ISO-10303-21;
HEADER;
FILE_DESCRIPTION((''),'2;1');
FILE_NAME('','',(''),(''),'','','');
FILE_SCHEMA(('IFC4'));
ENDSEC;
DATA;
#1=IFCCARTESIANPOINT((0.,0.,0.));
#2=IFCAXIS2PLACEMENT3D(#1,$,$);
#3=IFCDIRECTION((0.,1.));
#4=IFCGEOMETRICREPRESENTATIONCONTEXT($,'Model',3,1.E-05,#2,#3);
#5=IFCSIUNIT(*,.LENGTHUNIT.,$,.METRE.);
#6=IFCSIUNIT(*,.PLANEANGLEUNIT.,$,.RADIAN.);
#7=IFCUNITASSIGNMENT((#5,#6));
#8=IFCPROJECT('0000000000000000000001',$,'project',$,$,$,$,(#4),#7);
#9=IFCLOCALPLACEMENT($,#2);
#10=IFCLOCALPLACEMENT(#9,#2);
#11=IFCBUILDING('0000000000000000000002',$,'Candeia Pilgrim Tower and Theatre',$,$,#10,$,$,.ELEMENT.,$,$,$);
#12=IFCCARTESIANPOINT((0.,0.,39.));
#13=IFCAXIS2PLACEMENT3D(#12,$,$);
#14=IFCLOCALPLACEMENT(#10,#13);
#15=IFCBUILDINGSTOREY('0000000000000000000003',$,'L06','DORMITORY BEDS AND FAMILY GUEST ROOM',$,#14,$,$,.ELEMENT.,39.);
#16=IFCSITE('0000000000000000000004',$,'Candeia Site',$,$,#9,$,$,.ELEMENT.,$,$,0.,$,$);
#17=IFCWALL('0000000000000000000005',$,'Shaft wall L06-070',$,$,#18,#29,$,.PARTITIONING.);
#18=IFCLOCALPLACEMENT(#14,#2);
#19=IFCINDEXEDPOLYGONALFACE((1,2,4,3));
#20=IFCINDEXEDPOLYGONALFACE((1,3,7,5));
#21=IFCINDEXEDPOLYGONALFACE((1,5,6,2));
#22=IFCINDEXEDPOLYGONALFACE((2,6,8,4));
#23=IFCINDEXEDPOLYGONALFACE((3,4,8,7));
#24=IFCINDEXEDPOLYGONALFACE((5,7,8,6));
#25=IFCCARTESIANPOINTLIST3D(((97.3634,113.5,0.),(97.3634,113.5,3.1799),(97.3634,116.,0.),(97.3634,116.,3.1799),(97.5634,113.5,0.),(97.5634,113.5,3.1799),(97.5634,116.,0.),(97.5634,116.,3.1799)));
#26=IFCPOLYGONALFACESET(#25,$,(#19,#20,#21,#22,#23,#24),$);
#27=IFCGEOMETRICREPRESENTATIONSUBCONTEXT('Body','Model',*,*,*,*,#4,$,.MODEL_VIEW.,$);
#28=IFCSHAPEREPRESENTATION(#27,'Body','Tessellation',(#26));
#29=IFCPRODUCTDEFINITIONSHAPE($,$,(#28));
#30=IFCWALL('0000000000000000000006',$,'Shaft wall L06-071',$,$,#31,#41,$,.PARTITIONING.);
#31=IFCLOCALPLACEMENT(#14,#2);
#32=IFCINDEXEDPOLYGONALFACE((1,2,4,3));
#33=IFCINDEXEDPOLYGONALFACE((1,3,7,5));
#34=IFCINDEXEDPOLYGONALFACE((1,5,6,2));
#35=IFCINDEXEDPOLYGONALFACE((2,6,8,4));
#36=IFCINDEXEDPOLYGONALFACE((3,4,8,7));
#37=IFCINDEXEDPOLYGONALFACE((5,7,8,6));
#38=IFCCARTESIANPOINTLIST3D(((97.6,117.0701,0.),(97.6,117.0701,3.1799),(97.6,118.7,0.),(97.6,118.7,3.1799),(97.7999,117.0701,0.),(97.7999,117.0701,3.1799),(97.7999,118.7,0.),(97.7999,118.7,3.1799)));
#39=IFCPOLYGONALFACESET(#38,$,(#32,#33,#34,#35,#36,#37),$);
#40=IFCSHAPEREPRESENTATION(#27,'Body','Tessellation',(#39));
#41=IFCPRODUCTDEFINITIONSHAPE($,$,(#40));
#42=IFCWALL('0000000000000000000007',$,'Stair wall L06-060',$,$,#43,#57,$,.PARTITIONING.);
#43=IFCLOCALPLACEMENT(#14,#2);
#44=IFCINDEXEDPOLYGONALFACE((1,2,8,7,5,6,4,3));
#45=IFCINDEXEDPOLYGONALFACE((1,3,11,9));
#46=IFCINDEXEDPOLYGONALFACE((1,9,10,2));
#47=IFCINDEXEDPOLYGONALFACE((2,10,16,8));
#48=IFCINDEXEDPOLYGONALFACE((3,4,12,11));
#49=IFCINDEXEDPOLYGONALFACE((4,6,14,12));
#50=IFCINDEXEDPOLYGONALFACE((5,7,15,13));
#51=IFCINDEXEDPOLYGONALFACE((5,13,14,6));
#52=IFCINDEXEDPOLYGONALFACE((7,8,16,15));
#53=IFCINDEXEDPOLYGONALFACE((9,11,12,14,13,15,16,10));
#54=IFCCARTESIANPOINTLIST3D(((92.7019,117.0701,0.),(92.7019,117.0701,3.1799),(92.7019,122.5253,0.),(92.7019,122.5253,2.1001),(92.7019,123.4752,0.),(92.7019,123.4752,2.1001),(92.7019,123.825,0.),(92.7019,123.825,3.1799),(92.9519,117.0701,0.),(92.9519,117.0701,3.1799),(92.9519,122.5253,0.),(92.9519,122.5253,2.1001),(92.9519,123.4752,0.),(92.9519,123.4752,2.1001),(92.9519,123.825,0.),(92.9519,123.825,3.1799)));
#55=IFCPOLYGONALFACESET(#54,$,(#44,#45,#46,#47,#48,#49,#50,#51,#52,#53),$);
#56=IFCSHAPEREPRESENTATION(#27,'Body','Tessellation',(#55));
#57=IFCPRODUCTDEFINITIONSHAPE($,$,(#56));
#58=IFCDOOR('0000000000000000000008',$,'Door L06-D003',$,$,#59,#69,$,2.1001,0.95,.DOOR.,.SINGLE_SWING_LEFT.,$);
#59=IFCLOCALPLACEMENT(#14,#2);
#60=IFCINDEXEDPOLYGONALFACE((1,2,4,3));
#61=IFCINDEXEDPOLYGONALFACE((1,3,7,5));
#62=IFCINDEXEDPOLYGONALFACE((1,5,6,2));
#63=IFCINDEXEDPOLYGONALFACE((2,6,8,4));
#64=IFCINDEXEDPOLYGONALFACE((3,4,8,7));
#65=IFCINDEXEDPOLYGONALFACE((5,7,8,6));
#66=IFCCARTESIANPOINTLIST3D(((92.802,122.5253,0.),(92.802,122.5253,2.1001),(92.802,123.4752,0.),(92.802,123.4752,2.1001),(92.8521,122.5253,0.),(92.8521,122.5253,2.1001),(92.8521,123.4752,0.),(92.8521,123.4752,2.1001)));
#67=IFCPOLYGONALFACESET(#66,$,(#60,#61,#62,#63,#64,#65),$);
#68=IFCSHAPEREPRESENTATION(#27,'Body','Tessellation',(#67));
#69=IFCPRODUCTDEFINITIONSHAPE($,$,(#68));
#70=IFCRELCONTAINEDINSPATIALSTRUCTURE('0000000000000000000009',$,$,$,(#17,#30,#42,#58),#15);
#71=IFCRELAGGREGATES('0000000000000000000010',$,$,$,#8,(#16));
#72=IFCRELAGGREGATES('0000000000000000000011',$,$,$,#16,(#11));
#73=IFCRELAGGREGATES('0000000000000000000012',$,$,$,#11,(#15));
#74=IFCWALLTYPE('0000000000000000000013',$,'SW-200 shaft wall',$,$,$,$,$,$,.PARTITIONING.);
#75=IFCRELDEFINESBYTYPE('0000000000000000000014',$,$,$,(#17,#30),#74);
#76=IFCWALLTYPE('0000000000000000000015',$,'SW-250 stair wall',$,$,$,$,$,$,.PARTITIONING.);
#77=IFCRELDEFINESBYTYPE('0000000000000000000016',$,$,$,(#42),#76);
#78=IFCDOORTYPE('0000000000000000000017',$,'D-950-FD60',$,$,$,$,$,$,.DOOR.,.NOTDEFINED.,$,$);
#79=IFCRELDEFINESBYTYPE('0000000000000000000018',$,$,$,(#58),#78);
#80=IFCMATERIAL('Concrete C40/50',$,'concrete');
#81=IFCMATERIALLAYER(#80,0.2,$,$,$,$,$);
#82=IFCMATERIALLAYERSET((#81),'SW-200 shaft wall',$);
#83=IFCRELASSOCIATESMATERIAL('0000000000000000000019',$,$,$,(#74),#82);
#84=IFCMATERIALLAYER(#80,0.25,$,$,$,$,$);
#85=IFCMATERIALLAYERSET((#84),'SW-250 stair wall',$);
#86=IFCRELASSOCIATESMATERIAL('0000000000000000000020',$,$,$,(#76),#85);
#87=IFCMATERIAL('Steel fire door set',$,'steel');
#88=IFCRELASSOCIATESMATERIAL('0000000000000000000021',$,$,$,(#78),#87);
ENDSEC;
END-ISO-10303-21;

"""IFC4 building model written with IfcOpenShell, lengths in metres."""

from ifc_helpers import new_model, si_unit, direction, frame, frame_2d, origin, place, context, subcontext, project, spatial, rectangle, extrude, material, layer, layer_set, type_object, element, fill, save


model = new_model("IFC4")

# Units and contexts
model_context = context("Model", 3, precision=1e-05, world=origin(), true_north=direction((0.0, 1.0)))
body_context = subcontext(model_context, "Body", "Model", "MODEL_VIEW")
ifc_project = project(units=[si_unit("LENGTHUNIT", "METRE"), si_unit("PLANEANGLEUNIT", "RADIAN")], contexts=[model_context])

# Site, building, storey
site_placement = place(None, origin())
site = spatial("IfcSite", under=ifc_project, at=site_placement, Name="Candeia Site", CompositionType="ELEMENT", RefElevation=0.0)
building_placement = place(site_placement, origin())
building = spatial("IfcBuilding", under=site, at=building_placement, Name="Candeia Pilgrim Tower and Theatre", CompositionType="ELEMENT")
storey_placement = place(building_placement, frame((0.0, 0.0, 39.0)))
storey = spatial("IfcBuildingStorey", under=building, at=storey_placement, Name="L06", Description="DORMITORY BEDS AND FAMILY GUEST ROOM", CompositionType="ELEMENT", Elevation=39.0)

# Shared definitions
ifc_material_1 = material(Name="Steel fire door set", Category="steel")

# Shared definitions
ifc_material_2 = material(Name="Concrete C40/50", Category="concrete")
ifc_layer_1 = layer(ifc_material_2, 0.2)
ifc_layer_set_1 = layer_set([ifc_layer_1], Name="SW-200 shaft wall")
wall_type_1 = type_object("IfcWallType", Name="SW-200 shaft wall", PredefinedType="PARTITIONING", material=ifc_layer_set_1)

# Walls
wall_1_placement = place(storey_placement, frame((97.4634, 113.5, 0.0), z_axis=(0.0, 0.0, 1.0), x_axis=(0.0, 1.0, 0.0)))
element("IfcWall", 1, at=wall_1_placement, inside=storey, type_object=wall_type_1, Name="Shaft wall L06-070", PredefinedType="PARTITIONING", context=body_context, shape_type="SweptSolid", body=[
    extrude(rectangle(XDim=2.5, YDim=0.2, at=frame_2d((1.25, 0.0))), origin(), (0.0, 0.0, 1.0), 3.1799),
])
wall_2_placement = place(storey_placement, frame((97.7, 117.0701, 0.0), z_axis=(0.0, 0.0, 1.0), x_axis=(0.0, 1.0, 0.0)))
element("IfcWall", 2, at=wall_2_placement, inside=storey, type_object=wall_type_1, Name="Shaft wall L06-071", PredefinedType="PARTITIONING", context=body_context, shape_type="SweptSolid", body=[
    extrude(rectangle(XDim=1.6299, YDim=0.2, at=frame_2d((0.8149, 0.0))), origin(), (0.0, 0.0, 1.0), 3.1799),
])

# Wall, opening, door
ifc_layer_2 = layer(ifc_material_2, 0.25)
ifc_layer_set_2 = layer_set([ifc_layer_2], Name="SW-250 stair wall")
wall_type_2 = type_object("IfcWallType", Name="SW-250 stair wall", PredefinedType="PARTITIONING", material=ifc_layer_set_2)
wall_3_placement = place(storey_placement, frame((92.8269, 117.0701, 0.0), z_axis=(0.0, 0.0, 1.0), x_axis=(0.0, 1.0, 0.0)))
wall_3 = element("IfcWall", 3, at=wall_3_placement, inside=storey, type_object=wall_type_2, Name="Stair wall L06-060", PredefinedType="PARTITIONING", context=body_context, shape_type="SweptSolid", body=[
    extrude(rectangle(XDim=6.7549, YDim=0.25, at=frame_2d((3.3774, 0.0))), origin(), (0.0, 0.0, 1.0), 3.1799),
])
opening_1_placement = place(wall_3_placement, frame((5.4551, 0.0, 0.0)))
opening_1 = element("IfcOpeningElement", 4, at=opening_1_placement, cuts=wall_3, PredefinedType="OPENING", context=body_context, shape_type="SweptSolid", body=[
    extrude(rectangle(XDim=0.95, YDim=2.1001, at=frame_2d((0.4751, 1.05))), frame((0.0, 0.135, 0.0), z_axis=(0.0, -1.0, 0.0), x_axis=(1.0, 0.0, 0.0)), (0.0, 0.0, 1.0), 0.27),
])
door_type_1 = type_object("IfcDoorType", Name="D-950-FD60", OperationType="NOTDEFINED", PredefinedType="DOOR", material=ifc_material_1)
door_1_placement = place(opening_1_placement, origin())
door_1 = element("IfcDoor", 5, at=door_1_placement, inside=storey, type_object=door_type_1, Name="Door L06-D003", OperationType="SINGLE_SWING_LEFT", OverallHeight=2.1001, OverallWidth=0.95, PredefinedType="DOOR", context=body_context, shape_type="SweptSolid", body=[
    extrude(rectangle(XDim=0.95, YDim=2.1001, at=frame_2d((0.4751, 1.05))), frame((0.0, 0.0249, 0.0), z_axis=(0.0, -1.0, 0.0), x_axis=(1.0, 0.0, 0.0)), (0.0, 0.0, 1.0), 0.05),
])
fill(opening_1, door_1)

save(model, "model.ifc")
